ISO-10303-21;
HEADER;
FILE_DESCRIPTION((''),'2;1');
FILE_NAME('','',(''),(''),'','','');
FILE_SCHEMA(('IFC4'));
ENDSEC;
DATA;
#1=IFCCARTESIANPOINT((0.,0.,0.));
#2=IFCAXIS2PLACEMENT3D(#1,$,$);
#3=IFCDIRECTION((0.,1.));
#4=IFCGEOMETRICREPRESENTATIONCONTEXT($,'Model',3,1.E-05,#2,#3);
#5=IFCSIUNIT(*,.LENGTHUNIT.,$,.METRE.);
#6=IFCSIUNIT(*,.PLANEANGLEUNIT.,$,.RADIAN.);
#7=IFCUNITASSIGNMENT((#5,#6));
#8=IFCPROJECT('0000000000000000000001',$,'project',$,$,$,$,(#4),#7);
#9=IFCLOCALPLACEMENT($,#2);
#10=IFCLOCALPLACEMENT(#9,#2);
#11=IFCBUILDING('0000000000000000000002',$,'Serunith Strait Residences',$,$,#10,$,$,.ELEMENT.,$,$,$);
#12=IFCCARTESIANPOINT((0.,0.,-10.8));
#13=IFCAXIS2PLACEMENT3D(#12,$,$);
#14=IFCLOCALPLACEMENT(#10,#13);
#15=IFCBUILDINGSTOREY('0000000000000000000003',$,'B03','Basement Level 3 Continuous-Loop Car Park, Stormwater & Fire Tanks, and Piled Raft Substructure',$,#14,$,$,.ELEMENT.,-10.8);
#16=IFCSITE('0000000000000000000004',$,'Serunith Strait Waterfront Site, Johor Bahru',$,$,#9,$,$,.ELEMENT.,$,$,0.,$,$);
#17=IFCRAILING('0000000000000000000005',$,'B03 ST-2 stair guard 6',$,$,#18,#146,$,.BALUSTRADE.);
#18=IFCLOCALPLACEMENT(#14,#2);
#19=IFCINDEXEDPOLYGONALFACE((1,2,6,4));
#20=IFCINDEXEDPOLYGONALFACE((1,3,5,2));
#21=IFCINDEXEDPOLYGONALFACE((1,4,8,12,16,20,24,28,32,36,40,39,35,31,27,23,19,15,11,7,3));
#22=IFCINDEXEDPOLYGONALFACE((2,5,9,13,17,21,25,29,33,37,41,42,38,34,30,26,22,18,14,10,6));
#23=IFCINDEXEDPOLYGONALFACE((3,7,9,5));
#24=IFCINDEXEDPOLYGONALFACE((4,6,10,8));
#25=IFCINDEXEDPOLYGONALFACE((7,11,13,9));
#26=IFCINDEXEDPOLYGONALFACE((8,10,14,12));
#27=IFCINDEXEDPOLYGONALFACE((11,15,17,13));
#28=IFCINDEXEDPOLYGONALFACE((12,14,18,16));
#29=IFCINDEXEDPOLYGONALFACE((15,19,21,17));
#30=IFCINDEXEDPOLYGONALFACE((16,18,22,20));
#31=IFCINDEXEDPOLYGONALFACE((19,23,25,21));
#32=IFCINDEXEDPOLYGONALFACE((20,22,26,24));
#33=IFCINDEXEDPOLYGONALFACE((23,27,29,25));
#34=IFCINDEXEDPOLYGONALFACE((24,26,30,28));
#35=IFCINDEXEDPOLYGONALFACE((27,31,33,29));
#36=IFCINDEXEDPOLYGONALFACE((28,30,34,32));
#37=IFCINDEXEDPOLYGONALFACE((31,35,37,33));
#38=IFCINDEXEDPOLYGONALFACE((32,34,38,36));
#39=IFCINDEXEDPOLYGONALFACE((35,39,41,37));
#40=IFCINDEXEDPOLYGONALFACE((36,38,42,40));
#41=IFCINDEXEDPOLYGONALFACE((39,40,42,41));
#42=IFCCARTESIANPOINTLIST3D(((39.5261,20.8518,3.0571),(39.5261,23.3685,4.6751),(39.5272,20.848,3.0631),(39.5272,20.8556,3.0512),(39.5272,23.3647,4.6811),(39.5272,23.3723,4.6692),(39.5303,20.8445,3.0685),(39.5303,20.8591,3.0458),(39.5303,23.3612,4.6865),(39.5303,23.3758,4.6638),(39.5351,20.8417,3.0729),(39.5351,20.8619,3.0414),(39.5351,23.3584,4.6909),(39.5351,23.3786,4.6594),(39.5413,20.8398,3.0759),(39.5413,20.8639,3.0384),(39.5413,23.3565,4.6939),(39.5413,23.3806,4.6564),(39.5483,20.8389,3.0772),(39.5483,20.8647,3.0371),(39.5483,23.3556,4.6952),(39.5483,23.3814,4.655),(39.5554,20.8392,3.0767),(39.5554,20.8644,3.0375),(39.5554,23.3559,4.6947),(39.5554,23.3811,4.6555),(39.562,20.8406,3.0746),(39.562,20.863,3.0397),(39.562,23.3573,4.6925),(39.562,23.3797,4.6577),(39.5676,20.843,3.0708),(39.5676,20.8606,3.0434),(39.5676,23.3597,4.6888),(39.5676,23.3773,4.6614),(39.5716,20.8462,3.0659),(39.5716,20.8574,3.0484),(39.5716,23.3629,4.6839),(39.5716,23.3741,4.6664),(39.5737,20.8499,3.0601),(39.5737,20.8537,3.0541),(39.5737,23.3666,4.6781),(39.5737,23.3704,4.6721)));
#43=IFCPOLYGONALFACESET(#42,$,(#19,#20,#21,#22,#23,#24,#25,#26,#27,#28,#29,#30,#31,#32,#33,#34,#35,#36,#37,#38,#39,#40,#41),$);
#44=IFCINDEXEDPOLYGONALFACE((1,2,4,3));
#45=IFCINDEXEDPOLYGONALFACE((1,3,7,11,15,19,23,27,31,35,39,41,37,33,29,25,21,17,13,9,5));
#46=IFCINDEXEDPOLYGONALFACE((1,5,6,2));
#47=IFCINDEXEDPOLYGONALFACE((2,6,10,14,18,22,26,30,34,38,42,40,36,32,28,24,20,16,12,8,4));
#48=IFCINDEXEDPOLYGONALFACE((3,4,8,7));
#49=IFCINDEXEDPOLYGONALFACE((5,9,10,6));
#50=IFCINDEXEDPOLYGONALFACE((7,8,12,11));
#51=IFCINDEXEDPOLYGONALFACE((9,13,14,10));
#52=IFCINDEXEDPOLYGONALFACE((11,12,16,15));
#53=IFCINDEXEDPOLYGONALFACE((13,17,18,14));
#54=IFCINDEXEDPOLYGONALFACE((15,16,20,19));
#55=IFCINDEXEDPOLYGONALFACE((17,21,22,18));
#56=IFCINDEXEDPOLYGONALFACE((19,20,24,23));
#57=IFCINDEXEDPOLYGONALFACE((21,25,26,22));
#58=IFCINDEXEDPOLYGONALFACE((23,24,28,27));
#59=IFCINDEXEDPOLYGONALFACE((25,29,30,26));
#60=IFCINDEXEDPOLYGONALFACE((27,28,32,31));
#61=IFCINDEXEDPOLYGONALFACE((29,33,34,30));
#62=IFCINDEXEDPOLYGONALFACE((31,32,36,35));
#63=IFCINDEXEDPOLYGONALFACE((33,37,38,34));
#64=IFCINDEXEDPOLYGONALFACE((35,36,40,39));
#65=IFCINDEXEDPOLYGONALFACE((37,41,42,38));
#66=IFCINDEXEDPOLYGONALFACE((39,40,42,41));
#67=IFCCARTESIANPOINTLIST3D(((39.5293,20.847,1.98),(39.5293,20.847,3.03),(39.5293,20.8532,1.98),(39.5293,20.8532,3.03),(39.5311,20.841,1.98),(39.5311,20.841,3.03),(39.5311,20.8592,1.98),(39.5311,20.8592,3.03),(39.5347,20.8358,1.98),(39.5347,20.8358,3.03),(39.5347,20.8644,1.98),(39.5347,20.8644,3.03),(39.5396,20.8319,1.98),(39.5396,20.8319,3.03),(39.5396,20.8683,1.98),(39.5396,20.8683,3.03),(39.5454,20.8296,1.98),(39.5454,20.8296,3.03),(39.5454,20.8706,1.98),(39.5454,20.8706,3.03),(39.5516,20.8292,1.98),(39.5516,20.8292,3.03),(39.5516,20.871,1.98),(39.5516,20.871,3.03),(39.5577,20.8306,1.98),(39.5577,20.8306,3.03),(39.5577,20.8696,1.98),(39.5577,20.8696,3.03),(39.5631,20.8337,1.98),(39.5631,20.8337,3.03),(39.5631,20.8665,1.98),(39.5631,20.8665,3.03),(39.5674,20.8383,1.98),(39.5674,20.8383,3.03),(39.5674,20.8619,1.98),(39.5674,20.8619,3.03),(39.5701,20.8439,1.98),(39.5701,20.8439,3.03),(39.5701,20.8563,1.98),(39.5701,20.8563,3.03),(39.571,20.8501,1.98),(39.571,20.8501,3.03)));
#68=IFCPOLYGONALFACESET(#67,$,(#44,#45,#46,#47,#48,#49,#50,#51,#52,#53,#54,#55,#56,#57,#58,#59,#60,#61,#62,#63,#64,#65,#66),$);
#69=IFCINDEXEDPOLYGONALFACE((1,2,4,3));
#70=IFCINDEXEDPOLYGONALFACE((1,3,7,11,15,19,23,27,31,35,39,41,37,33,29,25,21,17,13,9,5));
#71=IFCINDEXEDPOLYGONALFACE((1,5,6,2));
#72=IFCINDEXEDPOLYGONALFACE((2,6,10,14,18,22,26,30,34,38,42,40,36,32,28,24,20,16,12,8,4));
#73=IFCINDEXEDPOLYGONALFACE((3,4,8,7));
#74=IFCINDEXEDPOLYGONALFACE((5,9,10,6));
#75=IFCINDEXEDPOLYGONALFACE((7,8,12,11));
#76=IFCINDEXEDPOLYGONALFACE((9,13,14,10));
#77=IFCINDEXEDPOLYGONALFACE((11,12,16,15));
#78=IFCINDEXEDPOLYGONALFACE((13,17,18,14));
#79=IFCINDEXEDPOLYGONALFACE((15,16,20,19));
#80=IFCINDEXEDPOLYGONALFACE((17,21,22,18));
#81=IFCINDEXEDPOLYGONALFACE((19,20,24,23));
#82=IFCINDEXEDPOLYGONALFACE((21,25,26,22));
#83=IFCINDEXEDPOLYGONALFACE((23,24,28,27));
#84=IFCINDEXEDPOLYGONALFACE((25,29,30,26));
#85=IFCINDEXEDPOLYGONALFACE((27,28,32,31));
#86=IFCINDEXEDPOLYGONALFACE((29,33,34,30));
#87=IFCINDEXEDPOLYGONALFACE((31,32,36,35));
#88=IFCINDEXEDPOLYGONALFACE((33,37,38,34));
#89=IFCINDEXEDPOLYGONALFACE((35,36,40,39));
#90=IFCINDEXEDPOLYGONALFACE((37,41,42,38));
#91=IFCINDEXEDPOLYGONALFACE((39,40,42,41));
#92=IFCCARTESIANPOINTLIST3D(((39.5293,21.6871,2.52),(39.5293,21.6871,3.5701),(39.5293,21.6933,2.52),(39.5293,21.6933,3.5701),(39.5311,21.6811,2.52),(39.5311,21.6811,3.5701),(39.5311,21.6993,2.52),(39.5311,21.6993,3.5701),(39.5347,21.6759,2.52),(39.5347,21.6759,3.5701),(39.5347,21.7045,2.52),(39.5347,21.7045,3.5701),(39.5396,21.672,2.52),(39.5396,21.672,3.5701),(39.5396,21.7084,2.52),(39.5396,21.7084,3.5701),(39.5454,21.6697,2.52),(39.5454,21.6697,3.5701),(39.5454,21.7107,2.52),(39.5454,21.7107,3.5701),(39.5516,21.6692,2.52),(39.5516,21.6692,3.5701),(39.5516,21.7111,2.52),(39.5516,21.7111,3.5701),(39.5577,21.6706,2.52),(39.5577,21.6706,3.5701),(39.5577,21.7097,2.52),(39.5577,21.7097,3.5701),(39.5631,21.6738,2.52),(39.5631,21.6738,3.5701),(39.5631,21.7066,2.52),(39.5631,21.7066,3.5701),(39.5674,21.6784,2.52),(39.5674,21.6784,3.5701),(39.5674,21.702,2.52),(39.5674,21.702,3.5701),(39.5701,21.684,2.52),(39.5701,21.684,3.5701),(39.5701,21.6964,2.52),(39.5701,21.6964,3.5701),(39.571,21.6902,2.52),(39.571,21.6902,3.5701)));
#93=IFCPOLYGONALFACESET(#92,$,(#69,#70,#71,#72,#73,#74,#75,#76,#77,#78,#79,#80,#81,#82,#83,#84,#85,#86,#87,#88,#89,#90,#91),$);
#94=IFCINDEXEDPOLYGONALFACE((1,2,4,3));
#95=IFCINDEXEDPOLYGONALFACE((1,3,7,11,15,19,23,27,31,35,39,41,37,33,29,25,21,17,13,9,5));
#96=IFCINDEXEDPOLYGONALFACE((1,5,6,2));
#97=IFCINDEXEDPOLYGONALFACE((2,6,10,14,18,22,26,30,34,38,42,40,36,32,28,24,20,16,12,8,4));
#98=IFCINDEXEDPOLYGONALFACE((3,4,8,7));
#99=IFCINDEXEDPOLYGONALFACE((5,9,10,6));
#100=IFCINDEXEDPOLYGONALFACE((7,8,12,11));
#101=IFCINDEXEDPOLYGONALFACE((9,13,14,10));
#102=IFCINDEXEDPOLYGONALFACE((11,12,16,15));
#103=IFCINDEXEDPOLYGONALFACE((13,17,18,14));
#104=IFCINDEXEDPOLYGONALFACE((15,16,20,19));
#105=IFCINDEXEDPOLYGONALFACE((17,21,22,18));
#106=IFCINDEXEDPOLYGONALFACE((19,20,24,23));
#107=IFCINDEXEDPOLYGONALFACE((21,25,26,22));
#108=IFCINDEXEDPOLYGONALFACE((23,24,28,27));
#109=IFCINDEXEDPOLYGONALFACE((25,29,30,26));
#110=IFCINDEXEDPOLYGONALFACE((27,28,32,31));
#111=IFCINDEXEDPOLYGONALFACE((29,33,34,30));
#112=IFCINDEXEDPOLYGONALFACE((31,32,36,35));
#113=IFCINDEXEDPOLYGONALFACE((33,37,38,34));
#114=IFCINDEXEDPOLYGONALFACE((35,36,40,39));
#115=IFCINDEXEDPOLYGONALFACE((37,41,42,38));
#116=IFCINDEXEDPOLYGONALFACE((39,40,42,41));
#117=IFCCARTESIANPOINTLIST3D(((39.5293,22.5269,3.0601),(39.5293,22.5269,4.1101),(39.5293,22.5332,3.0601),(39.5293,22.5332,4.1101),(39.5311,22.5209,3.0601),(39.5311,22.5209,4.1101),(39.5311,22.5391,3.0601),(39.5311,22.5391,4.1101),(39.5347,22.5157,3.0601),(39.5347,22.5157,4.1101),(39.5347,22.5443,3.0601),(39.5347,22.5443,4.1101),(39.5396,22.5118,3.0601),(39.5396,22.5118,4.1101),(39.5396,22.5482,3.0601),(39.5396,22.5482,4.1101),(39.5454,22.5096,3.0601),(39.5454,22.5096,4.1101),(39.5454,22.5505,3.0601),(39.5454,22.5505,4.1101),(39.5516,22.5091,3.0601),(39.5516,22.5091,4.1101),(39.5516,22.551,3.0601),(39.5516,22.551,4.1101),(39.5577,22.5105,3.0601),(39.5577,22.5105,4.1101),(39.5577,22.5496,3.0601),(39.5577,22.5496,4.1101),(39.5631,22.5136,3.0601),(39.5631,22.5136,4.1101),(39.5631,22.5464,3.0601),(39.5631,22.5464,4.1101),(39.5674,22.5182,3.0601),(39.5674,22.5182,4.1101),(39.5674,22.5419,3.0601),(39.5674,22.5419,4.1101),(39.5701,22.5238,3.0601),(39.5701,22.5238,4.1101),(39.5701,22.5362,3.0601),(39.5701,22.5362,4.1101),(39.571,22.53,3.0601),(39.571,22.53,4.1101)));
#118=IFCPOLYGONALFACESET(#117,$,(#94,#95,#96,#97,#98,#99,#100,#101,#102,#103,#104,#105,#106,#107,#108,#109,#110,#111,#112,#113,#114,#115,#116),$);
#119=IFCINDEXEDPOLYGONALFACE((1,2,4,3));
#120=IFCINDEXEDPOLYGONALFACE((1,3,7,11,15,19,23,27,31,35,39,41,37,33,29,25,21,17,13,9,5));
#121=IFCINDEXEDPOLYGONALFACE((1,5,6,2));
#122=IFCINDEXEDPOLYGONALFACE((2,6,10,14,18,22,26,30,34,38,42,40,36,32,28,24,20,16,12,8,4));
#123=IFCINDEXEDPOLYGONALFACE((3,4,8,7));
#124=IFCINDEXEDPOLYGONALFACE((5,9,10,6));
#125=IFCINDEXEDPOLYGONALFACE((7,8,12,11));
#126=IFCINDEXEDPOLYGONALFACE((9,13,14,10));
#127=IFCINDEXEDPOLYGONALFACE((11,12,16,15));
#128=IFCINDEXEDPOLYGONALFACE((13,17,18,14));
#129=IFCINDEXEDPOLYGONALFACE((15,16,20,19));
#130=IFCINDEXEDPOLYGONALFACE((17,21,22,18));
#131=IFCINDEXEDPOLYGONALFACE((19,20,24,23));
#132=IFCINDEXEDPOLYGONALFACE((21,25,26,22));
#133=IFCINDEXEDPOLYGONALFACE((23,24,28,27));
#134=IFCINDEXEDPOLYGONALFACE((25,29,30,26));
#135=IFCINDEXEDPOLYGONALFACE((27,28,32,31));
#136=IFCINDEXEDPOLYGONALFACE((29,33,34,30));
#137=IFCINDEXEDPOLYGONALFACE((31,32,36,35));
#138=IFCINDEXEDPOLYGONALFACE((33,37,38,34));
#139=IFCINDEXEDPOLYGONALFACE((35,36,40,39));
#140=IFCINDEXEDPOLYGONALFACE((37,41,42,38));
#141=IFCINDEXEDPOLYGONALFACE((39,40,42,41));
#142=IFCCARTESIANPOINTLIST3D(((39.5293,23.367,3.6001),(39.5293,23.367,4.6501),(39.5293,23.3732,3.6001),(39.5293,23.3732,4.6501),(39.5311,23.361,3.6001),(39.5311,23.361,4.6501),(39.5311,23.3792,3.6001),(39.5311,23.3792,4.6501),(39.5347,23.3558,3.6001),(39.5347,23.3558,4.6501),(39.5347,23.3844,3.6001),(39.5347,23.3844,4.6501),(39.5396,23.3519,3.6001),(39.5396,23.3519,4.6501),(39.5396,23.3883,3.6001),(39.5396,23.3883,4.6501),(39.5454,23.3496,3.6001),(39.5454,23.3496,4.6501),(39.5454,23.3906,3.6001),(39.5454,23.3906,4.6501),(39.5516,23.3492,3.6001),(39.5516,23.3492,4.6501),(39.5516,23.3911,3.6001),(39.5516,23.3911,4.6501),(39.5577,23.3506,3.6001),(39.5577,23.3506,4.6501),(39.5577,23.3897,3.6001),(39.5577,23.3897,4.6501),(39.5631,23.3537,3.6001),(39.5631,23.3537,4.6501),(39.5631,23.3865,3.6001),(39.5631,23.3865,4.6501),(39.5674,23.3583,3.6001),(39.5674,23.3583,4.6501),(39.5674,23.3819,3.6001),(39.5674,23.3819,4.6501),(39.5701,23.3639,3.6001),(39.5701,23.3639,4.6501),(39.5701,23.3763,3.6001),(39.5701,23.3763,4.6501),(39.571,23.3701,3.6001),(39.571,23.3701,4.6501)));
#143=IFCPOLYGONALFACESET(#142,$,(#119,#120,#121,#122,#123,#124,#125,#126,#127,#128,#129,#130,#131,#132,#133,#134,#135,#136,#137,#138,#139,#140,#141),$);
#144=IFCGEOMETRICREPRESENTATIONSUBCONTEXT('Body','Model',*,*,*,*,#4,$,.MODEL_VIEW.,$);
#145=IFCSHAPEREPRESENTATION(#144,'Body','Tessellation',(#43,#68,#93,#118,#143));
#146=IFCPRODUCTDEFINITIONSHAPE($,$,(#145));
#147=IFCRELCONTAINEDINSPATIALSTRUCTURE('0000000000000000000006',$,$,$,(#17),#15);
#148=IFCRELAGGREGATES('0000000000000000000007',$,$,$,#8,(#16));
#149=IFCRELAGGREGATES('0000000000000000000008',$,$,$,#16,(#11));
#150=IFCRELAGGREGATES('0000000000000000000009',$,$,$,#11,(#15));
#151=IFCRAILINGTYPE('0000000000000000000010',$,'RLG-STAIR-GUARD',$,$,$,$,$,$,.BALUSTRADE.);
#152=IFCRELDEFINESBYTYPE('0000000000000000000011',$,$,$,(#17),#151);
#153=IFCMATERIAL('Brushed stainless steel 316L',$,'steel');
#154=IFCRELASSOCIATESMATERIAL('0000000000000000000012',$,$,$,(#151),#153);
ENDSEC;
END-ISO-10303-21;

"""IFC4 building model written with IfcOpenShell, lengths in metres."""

from ifc_helpers import new_model, si_unit, direction, frame, origin, origin_2d, place, context, subcontext, project, spatial, circle, extrude, material, type_object, element, save


model = new_model("IFC4")

# Units and contexts
model_context = context("Model", 3, precision=1e-05, world=origin(), true_north=direction((0.0, 1.0)))
body_context = subcontext(model_context, "Body", "Model", "MODEL_VIEW")
ifc_project = project(units=[si_unit("LENGTHUNIT", "METRE"), si_unit("PLANEANGLEUNIT", "RADIAN")], contexts=[model_context])

# Site, building, storey
site_placement = place(None, origin())
site = spatial("IfcSite", under=ifc_project, at=site_placement, Name="Serunith Strait Waterfront Site, Johor Bahru", CompositionType="ELEMENT", RefElevation=0.0)
building_placement = place(site_placement, origin())
building = spatial("IfcBuilding", under=site, at=building_placement, Name="Serunith Strait Residences", CompositionType="ELEMENT")
storey_placement = place(building_placement, frame((0.0, 0.0, -10.8)))
storey = spatial("IfcBuildingStorey", under=building, at=storey_placement, Name="B03", Description="Basement Level 3 Continuous-Loop Car Park, Stormwater & Fire Tanks, and Piled Raft Substructure", CompositionType="ELEMENT", Elevation=-10.8)

# Railing
ifc_material_1 = material(Name="Brushed stainless steel 316L", Category="steel")
railing_type_1 = type_object("IfcRailingType", Name="RLG-STAIR-GUARD", PredefinedType="BALUSTRADE", material=ifc_material_1)
railing_1_placement = place(storey_placement, frame((39.55, 20.8501, 1.98)))
element("IfcRailing", 1, at=railing_1_placement, inside=storey, type_object=railing_type_1, Name="B03 ST-2 stair guard 6", PredefinedType="BALUSTRADE", context=body_context, shape_type="SweptSolid", body=[
    extrude(circle(Radius=0.0239, at=origin_2d()), frame((0.0, 0.0017, 1.0771), z_axis=(0.0, 0.841163, 0.540782), x_axis=(-1.0, 0.0, 0.0)), (0.0, 0.0, 1.0), 2.9919),
    extrude(circle(Radius=0.021, at=origin_2d()), origin(), (0.0, 0.0, 1.0), 1.05),
    extrude(circle(Radius=0.021, at=origin_2d()), frame((0.0, 0.8401, 0.54)), (0.0, 0.0, 1.0), 1.05),
    extrude(circle(Radius=0.021, at=origin_2d()), frame((0.0, 1.6799, 1.0801)), (0.0, 0.0, 1.0), 1.05),
    extrude(circle(Radius=0.021, at=origin_2d()), frame((0.0, 2.52, 1.6201)), (0.0, 0.0, 1.0), 1.05),
])

save(model, "model.ifc")
